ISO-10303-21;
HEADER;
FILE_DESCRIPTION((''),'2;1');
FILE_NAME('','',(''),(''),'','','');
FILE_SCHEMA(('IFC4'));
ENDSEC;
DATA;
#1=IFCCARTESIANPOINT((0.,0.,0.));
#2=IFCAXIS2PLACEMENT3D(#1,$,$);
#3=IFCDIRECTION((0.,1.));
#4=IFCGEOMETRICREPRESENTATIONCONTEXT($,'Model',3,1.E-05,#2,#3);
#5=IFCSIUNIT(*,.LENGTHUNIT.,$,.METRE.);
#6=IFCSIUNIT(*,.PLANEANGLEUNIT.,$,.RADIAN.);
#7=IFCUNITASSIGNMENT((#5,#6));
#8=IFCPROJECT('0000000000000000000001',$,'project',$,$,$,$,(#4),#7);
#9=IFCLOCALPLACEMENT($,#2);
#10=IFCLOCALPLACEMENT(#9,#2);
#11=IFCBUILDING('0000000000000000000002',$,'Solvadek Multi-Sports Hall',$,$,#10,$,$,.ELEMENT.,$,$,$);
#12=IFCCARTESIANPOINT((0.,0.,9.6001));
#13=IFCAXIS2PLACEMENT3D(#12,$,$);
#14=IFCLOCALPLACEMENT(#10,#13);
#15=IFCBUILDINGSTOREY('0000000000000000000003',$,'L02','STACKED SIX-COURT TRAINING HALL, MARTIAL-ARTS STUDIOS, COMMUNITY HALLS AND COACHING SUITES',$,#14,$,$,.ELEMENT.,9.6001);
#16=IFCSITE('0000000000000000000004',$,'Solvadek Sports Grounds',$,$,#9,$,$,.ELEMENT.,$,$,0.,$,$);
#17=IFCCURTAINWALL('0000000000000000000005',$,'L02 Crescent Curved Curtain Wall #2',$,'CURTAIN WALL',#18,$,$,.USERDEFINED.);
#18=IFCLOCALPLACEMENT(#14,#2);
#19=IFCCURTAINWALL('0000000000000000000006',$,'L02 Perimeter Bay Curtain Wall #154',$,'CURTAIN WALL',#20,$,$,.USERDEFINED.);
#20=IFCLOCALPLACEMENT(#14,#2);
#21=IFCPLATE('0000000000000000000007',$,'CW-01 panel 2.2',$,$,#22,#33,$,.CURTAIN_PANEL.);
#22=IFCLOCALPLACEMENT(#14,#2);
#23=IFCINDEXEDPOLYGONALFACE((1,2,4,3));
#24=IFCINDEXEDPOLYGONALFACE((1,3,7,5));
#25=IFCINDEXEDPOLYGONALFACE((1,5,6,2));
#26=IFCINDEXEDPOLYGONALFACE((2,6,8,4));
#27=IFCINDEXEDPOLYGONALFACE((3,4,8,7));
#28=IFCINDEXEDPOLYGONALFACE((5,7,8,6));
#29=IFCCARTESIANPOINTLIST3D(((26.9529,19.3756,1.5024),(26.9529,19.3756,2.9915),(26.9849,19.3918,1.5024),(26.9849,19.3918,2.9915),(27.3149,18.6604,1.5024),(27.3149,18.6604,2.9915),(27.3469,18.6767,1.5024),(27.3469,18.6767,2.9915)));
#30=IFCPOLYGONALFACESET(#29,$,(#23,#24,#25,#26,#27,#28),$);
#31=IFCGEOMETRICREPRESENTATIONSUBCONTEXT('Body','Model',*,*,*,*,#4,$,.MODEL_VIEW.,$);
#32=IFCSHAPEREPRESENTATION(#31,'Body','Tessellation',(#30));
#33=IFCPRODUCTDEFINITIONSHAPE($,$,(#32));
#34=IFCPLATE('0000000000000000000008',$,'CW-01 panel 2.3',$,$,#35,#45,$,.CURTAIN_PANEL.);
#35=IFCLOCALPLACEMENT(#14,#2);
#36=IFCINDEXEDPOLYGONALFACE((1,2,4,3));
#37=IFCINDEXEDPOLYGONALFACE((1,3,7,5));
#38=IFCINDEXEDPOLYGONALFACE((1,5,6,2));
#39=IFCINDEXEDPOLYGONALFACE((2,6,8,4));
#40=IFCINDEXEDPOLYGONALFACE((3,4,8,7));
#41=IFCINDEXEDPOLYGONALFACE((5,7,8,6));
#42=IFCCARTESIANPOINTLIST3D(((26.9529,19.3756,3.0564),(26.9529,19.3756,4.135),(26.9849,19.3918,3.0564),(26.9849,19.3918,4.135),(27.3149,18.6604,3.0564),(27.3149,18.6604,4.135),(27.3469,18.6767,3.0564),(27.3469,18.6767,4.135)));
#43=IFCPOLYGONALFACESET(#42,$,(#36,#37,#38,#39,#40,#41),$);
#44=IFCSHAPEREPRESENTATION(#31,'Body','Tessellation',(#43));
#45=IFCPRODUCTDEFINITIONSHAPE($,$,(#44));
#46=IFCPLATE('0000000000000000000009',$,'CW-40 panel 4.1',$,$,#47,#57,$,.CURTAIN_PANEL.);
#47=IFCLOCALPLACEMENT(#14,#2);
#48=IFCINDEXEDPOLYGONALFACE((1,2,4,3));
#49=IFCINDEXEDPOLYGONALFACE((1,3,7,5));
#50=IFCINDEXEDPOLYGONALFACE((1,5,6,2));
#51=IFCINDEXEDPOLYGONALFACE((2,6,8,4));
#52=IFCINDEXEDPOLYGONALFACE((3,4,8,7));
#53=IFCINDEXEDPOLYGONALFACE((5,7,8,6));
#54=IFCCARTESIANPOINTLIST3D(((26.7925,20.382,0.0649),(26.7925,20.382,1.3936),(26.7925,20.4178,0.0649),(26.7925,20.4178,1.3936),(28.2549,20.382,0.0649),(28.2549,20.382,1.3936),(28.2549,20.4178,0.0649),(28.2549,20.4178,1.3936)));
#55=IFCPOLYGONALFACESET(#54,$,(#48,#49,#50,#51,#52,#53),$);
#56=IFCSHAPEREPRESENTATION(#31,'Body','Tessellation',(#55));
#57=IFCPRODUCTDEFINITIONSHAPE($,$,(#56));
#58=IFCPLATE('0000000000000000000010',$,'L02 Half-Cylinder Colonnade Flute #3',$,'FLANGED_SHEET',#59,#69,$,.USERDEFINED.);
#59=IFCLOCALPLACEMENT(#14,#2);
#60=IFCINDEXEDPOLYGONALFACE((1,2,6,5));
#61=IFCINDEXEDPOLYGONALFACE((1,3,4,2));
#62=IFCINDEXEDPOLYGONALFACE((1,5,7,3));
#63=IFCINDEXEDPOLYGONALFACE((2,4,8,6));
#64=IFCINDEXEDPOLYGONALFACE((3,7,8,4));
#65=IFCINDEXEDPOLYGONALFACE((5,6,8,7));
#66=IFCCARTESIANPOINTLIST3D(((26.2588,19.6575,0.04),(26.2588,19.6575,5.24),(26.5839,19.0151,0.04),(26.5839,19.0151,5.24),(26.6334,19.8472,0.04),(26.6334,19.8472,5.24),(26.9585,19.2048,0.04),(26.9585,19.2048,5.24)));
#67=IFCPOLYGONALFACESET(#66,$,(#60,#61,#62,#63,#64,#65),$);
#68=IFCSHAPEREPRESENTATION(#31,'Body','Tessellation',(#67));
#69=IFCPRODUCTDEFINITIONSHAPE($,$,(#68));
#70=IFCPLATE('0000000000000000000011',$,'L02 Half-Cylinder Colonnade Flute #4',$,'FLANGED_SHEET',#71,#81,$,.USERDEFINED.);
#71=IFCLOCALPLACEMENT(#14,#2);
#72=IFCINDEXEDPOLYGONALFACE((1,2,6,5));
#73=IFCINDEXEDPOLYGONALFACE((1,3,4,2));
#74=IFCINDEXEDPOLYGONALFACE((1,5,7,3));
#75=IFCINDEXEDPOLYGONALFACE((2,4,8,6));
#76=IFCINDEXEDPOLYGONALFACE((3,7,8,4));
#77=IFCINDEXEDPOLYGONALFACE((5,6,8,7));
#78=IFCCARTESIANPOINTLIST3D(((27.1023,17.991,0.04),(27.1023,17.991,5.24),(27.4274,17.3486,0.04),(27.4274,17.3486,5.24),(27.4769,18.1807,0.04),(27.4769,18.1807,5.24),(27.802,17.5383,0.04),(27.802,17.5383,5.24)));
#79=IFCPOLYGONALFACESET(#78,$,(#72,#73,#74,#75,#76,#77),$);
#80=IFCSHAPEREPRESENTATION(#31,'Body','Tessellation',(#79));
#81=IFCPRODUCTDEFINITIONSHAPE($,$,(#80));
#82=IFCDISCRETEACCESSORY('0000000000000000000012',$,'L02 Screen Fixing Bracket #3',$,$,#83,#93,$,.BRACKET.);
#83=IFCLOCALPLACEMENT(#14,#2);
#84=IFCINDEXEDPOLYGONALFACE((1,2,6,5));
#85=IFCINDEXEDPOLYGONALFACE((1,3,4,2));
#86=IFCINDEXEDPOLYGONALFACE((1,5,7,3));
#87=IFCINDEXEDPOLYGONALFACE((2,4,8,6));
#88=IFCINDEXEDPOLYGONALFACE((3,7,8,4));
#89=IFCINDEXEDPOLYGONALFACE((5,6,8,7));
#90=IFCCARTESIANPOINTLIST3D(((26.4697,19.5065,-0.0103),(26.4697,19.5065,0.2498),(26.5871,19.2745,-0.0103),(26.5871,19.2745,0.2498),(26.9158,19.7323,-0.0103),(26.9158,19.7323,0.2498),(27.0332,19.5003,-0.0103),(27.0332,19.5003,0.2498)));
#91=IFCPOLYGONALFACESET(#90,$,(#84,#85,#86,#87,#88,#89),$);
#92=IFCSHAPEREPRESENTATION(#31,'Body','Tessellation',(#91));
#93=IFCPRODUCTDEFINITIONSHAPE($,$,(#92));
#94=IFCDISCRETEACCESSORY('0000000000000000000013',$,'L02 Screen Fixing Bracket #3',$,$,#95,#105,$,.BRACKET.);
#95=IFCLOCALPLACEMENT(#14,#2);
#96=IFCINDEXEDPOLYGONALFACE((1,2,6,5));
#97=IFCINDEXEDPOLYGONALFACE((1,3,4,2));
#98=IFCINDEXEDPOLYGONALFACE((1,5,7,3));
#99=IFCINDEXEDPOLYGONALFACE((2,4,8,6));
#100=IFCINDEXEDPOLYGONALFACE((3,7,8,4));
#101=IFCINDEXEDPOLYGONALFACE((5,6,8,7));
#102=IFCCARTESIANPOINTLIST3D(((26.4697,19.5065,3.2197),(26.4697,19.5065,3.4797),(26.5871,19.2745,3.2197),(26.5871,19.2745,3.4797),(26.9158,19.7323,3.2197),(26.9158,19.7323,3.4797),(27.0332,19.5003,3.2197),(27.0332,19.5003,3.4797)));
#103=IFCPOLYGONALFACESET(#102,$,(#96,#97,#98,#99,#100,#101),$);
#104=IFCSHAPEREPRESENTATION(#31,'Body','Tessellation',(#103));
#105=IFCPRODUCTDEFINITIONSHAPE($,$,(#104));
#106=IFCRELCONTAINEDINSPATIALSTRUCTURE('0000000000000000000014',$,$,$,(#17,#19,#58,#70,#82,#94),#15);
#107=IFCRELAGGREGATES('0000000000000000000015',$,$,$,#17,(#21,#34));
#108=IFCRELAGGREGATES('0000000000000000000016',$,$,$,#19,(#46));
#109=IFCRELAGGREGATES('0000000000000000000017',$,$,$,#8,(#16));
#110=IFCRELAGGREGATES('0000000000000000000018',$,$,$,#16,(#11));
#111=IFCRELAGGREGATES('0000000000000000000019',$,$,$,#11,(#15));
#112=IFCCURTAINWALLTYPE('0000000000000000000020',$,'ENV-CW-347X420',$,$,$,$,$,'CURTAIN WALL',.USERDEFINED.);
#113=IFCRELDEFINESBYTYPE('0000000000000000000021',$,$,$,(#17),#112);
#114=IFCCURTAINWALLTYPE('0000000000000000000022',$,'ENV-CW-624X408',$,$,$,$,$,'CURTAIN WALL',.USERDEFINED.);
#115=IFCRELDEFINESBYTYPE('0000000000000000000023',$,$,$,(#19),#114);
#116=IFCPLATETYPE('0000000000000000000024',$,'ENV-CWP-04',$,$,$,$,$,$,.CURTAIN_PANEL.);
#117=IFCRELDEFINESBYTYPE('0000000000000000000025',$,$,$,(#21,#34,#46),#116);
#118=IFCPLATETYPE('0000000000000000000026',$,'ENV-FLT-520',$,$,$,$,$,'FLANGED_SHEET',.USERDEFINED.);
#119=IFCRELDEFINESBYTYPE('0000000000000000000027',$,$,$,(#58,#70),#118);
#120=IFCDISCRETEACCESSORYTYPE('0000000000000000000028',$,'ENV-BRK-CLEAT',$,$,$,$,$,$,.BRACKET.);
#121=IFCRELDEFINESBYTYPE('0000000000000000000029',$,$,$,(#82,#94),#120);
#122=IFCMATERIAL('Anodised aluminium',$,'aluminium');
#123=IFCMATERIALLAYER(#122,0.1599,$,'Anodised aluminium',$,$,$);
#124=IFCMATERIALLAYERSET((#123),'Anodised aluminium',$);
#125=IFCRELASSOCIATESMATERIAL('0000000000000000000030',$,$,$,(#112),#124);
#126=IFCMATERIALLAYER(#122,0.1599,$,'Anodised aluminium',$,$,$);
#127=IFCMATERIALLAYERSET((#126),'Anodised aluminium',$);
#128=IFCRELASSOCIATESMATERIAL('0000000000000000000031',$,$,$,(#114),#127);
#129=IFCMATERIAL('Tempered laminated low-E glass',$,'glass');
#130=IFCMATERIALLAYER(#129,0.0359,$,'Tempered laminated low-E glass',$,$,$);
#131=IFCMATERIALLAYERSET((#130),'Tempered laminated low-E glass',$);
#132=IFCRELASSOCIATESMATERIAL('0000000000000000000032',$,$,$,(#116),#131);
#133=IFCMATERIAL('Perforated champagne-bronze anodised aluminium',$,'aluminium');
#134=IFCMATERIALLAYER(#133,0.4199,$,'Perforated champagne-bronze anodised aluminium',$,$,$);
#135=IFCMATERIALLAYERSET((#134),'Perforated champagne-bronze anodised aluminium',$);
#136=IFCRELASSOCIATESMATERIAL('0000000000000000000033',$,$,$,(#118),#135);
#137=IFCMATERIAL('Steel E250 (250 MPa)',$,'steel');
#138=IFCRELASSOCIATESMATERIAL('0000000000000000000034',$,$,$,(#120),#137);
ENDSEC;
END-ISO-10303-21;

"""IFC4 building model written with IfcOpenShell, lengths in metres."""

from ifc_helpers import new_model, si_unit, direction, frame, origin, origin_2d, place, context, subcontext, project, spatial, rectangle, extrude, material, layer, layer_set, type_object, element, aggregate, save


model = new_model("IFC4")

# Units and contexts
model_context = context("Model", 3, precision=1e-05, world=origin(), true_north=direction((0.0, 1.0)))
body_context = subcontext(model_context, "Body", "Model", "MODEL_VIEW")
ifc_project = project(units=[si_unit("LENGTHUNIT", "METRE"), si_unit("PLANEANGLEUNIT", "RADIAN")], contexts=[model_context])

# Site, building, storey
site_placement = place(None, origin())
site = spatial("IfcSite", under=ifc_project, at=site_placement, Name="Solvadek Sports Grounds", CompositionType="ELEMENT", RefElevation=0.0)
building_placement = place(site_placement, origin())
building = spatial("IfcBuilding", under=site, at=building_placement, Name="Solvadek Multi-Sports Hall", CompositionType="ELEMENT")
storey_placement = place(building_placement, frame((0.0, 0.0, 9.6001)))
storey = spatial("IfcBuildingStorey", under=building, at=storey_placement, Name="L02", Description="STACKED SIX-COURT TRAINING HALL, MARTIAL-ARTS STUDIOS, COMMUNITY HALLS AND COACHING SUITES", CompositionType="ELEMENT", Elevation=9.6001)

# Curtain wall
ifc_material_1 = material(Name="Anodised aluminium", Category="aluminium")
ifc_layer_1 = layer(ifc_material_1, 0.1599, Name="Anodised aluminium")
ifc_layer_set_1 = layer_set([ifc_layer_1], Name="Anodised aluminium")
curtain_wall_type_1 = type_object("IfcCurtainWallType", Name="ENV-CW-347X420", ElementType="CURTAIN WALL", PredefinedType="USERDEFINED", material=ifc_layer_set_1)
curtain_wall_1_placement = place(storey_placement, origin())
curtain_wall_1 = element("IfcCurtainWall", 1, at=curtain_wall_1_placement, inside=storey, type_object=curtain_wall_type_1, Name="L02 Crescent Curved Curtain Wall #2", ObjectType="CURTAIN WALL", PredefinedType="USERDEFINED")

# Curtain wall
ifc_layer_2 = layer(ifc_material_1, 0.1599, Name="Anodised aluminium")
ifc_layer_set_2 = layer_set([ifc_layer_2], Name="Anodised aluminium")
curtain_wall_type_2 = type_object("IfcCurtainWallType", Name="ENV-CW-624X408", ElementType="CURTAIN WALL", PredefinedType="USERDEFINED", material=ifc_layer_set_2)
curtain_wall_2_placement = place(storey_placement, origin())
curtain_wall_2 = element("IfcCurtainWall", 2, at=curtain_wall_2_placement, inside=storey, type_object=curtain_wall_type_2, Name="L02 Perimeter Bay Curtain Wall #154", ObjectType="CURTAIN WALL", PredefinedType="USERDEFINED")

# Plates
ifc_material_2 = material(Name="Tempered laminated low-E glass", Category="glass")
ifc_layer_3 = layer(ifc_material_2, 0.0359, Name="Tempered laminated low-E glass")
ifc_layer_set_3 = layer_set([ifc_layer_3], Name="Tempered laminated low-E glass")
plate_type_1 = type_object("IfcPlateType", Name="ENV-CWP-04", PredefinedType="CURTAIN_PANEL", material=ifc_layer_set_3)
plate_1_placement = place(storey_placement, frame((27.1499, 19.0261, 1.5024), z_axis=(0.0, 0.0, 1.0), x_axis=(0.451559, -0.892241, 0.0)))
plate_1 = element("IfcPlate", 3, at=plate_1_placement, type_object=plate_type_1, Name="CW-01 panel 2.2", PredefinedType="CURTAIN_PANEL", context=body_context, shape_type="SweptSolid", body=[
    extrude(rectangle(XDim=0.8015, YDim=0.0359, at=origin_2d()), origin(), (0.0, 0.0, 1.0), 1.489),
])
plate_2_placement = place(storey_placement, frame((27.1499, 19.0261, 3.0564), z_axis=(0.0, 0.0, 1.0), x_axis=(0.451559, -0.892241, 0.0)))
plate_2 = element("IfcPlate", 4, at=plate_2_placement, type_object=plate_type_1, Name="CW-01 panel 2.3", PredefinedType="CURTAIN_PANEL", context=body_context, shape_type="SweptSolid", body=[
    extrude(rectangle(XDim=0.8015, YDim=0.0359, at=origin_2d()), origin(), (0.0, 0.0, 1.0), 1.0786),
])
aggregate(curtain_wall_1, [plate_1, plate_2])
plate_3_placement = place(storey_placement, frame((27.5237, 20.3999, 0.0649), z_axis=(0.0, 0.0, 1.0), x_axis=(1.0, 0.0, 0.0)))
plate_3 = element("IfcPlate", 5, at=plate_3_placement, type_object=plate_type_1, Name="CW-40 panel 4.1", PredefinedType="CURTAIN_PANEL", context=body_context, shape_type="SweptSolid", body=[
    extrude(rectangle(XDim=1.4624, YDim=0.0359, at=origin_2d()), origin(), (0.0, 0.0, 1.0), 1.3286),
])
aggregate(curtain_wall_2, [plate_3])

# Plates
ifc_material_3 = material(Name="Perforated champagne-bronze anodised aluminium", Category="aluminium")
ifc_layer_4 = layer(ifc_material_3, 0.4199, Name="Perforated champagne-bronze anodised aluminium")
ifc_layer_set_4 = layer_set([ifc_layer_4], Name="Perforated champagne-bronze anodised aluminium")
plate_type_2 = type_object("IfcPlateType", Name="ENV-FLT-520", ElementType="FLANGED_SHEET", PredefinedType="USERDEFINED", material=ifc_layer_set_4)
for number, where, z_axis, x_axis, name in (
    (6, (26.6086, 19.4312, 0.04), (0.0, 0.0, 1.0), (0.451555, -0.892243, 0.0), "L02 Half-Cylinder Colonnade Flute #3"),
    (7, (27.4521, 17.7646, 0.04), (0.0, 0.0, 1.0), (0.451555, -0.892243, 0.0), "L02 Half-Cylinder Colonnade Flute #4"),
):
    element("IfcPlate", number, at=place(storey_placement, frame(where, z_axis=z_axis, x_axis=x_axis)), inside=storey, type_object=plate_type_2, Name=name, ObjectType="FLANGED_SHEET", PredefinedType="USERDEFINED", context=body_context, shape_type="SweptSolid", body=[
        extrude(rectangle(XDim=0.72, YDim=0.4199, at=origin_2d()), origin(), (0.0, 0.0, 1.0), 5.2),
    ])

# Discrete accessories
ifc_material_4 = material(Name="Steel E250 (250 MPa)", Category="steel")
discrete_accessory_type = type_object("IfcDiscreteAccessoryType", Name="ENV-BRK-CLEAT", PredefinedType="BRACKET", material=ifc_material_4)
for number, where, z_axis, x_axis, name in (
    (8, (26.7515, 19.5034, -0.0103), (0.0, 0.0, 1.0), (0.451555, -0.892243, 0.0), "L02 Screen Fixing Bracket #3"),
    (9, (26.7515, 19.5034, 3.2197), (0.0, 0.0, 1.0), (0.451555, -0.892243, 0.0), "L02 Screen Fixing Bracket #3"),
):
    element("IfcDiscreteAccessory", number, at=place(storey_placement, frame(where, z_axis=z_axis, x_axis=x_axis)), inside=storey, type_object=discrete_accessory_type, Name=name, PredefinedType="BRACKET", context=body_context, shape_type="SweptSolid", body=[
        extrude(rectangle(XDim=0.26, YDim=0.5, at=origin_2d()), origin(), (0.0, 0.0, 1.0), 0.26),
    ])

save(model, "model.ifc")
